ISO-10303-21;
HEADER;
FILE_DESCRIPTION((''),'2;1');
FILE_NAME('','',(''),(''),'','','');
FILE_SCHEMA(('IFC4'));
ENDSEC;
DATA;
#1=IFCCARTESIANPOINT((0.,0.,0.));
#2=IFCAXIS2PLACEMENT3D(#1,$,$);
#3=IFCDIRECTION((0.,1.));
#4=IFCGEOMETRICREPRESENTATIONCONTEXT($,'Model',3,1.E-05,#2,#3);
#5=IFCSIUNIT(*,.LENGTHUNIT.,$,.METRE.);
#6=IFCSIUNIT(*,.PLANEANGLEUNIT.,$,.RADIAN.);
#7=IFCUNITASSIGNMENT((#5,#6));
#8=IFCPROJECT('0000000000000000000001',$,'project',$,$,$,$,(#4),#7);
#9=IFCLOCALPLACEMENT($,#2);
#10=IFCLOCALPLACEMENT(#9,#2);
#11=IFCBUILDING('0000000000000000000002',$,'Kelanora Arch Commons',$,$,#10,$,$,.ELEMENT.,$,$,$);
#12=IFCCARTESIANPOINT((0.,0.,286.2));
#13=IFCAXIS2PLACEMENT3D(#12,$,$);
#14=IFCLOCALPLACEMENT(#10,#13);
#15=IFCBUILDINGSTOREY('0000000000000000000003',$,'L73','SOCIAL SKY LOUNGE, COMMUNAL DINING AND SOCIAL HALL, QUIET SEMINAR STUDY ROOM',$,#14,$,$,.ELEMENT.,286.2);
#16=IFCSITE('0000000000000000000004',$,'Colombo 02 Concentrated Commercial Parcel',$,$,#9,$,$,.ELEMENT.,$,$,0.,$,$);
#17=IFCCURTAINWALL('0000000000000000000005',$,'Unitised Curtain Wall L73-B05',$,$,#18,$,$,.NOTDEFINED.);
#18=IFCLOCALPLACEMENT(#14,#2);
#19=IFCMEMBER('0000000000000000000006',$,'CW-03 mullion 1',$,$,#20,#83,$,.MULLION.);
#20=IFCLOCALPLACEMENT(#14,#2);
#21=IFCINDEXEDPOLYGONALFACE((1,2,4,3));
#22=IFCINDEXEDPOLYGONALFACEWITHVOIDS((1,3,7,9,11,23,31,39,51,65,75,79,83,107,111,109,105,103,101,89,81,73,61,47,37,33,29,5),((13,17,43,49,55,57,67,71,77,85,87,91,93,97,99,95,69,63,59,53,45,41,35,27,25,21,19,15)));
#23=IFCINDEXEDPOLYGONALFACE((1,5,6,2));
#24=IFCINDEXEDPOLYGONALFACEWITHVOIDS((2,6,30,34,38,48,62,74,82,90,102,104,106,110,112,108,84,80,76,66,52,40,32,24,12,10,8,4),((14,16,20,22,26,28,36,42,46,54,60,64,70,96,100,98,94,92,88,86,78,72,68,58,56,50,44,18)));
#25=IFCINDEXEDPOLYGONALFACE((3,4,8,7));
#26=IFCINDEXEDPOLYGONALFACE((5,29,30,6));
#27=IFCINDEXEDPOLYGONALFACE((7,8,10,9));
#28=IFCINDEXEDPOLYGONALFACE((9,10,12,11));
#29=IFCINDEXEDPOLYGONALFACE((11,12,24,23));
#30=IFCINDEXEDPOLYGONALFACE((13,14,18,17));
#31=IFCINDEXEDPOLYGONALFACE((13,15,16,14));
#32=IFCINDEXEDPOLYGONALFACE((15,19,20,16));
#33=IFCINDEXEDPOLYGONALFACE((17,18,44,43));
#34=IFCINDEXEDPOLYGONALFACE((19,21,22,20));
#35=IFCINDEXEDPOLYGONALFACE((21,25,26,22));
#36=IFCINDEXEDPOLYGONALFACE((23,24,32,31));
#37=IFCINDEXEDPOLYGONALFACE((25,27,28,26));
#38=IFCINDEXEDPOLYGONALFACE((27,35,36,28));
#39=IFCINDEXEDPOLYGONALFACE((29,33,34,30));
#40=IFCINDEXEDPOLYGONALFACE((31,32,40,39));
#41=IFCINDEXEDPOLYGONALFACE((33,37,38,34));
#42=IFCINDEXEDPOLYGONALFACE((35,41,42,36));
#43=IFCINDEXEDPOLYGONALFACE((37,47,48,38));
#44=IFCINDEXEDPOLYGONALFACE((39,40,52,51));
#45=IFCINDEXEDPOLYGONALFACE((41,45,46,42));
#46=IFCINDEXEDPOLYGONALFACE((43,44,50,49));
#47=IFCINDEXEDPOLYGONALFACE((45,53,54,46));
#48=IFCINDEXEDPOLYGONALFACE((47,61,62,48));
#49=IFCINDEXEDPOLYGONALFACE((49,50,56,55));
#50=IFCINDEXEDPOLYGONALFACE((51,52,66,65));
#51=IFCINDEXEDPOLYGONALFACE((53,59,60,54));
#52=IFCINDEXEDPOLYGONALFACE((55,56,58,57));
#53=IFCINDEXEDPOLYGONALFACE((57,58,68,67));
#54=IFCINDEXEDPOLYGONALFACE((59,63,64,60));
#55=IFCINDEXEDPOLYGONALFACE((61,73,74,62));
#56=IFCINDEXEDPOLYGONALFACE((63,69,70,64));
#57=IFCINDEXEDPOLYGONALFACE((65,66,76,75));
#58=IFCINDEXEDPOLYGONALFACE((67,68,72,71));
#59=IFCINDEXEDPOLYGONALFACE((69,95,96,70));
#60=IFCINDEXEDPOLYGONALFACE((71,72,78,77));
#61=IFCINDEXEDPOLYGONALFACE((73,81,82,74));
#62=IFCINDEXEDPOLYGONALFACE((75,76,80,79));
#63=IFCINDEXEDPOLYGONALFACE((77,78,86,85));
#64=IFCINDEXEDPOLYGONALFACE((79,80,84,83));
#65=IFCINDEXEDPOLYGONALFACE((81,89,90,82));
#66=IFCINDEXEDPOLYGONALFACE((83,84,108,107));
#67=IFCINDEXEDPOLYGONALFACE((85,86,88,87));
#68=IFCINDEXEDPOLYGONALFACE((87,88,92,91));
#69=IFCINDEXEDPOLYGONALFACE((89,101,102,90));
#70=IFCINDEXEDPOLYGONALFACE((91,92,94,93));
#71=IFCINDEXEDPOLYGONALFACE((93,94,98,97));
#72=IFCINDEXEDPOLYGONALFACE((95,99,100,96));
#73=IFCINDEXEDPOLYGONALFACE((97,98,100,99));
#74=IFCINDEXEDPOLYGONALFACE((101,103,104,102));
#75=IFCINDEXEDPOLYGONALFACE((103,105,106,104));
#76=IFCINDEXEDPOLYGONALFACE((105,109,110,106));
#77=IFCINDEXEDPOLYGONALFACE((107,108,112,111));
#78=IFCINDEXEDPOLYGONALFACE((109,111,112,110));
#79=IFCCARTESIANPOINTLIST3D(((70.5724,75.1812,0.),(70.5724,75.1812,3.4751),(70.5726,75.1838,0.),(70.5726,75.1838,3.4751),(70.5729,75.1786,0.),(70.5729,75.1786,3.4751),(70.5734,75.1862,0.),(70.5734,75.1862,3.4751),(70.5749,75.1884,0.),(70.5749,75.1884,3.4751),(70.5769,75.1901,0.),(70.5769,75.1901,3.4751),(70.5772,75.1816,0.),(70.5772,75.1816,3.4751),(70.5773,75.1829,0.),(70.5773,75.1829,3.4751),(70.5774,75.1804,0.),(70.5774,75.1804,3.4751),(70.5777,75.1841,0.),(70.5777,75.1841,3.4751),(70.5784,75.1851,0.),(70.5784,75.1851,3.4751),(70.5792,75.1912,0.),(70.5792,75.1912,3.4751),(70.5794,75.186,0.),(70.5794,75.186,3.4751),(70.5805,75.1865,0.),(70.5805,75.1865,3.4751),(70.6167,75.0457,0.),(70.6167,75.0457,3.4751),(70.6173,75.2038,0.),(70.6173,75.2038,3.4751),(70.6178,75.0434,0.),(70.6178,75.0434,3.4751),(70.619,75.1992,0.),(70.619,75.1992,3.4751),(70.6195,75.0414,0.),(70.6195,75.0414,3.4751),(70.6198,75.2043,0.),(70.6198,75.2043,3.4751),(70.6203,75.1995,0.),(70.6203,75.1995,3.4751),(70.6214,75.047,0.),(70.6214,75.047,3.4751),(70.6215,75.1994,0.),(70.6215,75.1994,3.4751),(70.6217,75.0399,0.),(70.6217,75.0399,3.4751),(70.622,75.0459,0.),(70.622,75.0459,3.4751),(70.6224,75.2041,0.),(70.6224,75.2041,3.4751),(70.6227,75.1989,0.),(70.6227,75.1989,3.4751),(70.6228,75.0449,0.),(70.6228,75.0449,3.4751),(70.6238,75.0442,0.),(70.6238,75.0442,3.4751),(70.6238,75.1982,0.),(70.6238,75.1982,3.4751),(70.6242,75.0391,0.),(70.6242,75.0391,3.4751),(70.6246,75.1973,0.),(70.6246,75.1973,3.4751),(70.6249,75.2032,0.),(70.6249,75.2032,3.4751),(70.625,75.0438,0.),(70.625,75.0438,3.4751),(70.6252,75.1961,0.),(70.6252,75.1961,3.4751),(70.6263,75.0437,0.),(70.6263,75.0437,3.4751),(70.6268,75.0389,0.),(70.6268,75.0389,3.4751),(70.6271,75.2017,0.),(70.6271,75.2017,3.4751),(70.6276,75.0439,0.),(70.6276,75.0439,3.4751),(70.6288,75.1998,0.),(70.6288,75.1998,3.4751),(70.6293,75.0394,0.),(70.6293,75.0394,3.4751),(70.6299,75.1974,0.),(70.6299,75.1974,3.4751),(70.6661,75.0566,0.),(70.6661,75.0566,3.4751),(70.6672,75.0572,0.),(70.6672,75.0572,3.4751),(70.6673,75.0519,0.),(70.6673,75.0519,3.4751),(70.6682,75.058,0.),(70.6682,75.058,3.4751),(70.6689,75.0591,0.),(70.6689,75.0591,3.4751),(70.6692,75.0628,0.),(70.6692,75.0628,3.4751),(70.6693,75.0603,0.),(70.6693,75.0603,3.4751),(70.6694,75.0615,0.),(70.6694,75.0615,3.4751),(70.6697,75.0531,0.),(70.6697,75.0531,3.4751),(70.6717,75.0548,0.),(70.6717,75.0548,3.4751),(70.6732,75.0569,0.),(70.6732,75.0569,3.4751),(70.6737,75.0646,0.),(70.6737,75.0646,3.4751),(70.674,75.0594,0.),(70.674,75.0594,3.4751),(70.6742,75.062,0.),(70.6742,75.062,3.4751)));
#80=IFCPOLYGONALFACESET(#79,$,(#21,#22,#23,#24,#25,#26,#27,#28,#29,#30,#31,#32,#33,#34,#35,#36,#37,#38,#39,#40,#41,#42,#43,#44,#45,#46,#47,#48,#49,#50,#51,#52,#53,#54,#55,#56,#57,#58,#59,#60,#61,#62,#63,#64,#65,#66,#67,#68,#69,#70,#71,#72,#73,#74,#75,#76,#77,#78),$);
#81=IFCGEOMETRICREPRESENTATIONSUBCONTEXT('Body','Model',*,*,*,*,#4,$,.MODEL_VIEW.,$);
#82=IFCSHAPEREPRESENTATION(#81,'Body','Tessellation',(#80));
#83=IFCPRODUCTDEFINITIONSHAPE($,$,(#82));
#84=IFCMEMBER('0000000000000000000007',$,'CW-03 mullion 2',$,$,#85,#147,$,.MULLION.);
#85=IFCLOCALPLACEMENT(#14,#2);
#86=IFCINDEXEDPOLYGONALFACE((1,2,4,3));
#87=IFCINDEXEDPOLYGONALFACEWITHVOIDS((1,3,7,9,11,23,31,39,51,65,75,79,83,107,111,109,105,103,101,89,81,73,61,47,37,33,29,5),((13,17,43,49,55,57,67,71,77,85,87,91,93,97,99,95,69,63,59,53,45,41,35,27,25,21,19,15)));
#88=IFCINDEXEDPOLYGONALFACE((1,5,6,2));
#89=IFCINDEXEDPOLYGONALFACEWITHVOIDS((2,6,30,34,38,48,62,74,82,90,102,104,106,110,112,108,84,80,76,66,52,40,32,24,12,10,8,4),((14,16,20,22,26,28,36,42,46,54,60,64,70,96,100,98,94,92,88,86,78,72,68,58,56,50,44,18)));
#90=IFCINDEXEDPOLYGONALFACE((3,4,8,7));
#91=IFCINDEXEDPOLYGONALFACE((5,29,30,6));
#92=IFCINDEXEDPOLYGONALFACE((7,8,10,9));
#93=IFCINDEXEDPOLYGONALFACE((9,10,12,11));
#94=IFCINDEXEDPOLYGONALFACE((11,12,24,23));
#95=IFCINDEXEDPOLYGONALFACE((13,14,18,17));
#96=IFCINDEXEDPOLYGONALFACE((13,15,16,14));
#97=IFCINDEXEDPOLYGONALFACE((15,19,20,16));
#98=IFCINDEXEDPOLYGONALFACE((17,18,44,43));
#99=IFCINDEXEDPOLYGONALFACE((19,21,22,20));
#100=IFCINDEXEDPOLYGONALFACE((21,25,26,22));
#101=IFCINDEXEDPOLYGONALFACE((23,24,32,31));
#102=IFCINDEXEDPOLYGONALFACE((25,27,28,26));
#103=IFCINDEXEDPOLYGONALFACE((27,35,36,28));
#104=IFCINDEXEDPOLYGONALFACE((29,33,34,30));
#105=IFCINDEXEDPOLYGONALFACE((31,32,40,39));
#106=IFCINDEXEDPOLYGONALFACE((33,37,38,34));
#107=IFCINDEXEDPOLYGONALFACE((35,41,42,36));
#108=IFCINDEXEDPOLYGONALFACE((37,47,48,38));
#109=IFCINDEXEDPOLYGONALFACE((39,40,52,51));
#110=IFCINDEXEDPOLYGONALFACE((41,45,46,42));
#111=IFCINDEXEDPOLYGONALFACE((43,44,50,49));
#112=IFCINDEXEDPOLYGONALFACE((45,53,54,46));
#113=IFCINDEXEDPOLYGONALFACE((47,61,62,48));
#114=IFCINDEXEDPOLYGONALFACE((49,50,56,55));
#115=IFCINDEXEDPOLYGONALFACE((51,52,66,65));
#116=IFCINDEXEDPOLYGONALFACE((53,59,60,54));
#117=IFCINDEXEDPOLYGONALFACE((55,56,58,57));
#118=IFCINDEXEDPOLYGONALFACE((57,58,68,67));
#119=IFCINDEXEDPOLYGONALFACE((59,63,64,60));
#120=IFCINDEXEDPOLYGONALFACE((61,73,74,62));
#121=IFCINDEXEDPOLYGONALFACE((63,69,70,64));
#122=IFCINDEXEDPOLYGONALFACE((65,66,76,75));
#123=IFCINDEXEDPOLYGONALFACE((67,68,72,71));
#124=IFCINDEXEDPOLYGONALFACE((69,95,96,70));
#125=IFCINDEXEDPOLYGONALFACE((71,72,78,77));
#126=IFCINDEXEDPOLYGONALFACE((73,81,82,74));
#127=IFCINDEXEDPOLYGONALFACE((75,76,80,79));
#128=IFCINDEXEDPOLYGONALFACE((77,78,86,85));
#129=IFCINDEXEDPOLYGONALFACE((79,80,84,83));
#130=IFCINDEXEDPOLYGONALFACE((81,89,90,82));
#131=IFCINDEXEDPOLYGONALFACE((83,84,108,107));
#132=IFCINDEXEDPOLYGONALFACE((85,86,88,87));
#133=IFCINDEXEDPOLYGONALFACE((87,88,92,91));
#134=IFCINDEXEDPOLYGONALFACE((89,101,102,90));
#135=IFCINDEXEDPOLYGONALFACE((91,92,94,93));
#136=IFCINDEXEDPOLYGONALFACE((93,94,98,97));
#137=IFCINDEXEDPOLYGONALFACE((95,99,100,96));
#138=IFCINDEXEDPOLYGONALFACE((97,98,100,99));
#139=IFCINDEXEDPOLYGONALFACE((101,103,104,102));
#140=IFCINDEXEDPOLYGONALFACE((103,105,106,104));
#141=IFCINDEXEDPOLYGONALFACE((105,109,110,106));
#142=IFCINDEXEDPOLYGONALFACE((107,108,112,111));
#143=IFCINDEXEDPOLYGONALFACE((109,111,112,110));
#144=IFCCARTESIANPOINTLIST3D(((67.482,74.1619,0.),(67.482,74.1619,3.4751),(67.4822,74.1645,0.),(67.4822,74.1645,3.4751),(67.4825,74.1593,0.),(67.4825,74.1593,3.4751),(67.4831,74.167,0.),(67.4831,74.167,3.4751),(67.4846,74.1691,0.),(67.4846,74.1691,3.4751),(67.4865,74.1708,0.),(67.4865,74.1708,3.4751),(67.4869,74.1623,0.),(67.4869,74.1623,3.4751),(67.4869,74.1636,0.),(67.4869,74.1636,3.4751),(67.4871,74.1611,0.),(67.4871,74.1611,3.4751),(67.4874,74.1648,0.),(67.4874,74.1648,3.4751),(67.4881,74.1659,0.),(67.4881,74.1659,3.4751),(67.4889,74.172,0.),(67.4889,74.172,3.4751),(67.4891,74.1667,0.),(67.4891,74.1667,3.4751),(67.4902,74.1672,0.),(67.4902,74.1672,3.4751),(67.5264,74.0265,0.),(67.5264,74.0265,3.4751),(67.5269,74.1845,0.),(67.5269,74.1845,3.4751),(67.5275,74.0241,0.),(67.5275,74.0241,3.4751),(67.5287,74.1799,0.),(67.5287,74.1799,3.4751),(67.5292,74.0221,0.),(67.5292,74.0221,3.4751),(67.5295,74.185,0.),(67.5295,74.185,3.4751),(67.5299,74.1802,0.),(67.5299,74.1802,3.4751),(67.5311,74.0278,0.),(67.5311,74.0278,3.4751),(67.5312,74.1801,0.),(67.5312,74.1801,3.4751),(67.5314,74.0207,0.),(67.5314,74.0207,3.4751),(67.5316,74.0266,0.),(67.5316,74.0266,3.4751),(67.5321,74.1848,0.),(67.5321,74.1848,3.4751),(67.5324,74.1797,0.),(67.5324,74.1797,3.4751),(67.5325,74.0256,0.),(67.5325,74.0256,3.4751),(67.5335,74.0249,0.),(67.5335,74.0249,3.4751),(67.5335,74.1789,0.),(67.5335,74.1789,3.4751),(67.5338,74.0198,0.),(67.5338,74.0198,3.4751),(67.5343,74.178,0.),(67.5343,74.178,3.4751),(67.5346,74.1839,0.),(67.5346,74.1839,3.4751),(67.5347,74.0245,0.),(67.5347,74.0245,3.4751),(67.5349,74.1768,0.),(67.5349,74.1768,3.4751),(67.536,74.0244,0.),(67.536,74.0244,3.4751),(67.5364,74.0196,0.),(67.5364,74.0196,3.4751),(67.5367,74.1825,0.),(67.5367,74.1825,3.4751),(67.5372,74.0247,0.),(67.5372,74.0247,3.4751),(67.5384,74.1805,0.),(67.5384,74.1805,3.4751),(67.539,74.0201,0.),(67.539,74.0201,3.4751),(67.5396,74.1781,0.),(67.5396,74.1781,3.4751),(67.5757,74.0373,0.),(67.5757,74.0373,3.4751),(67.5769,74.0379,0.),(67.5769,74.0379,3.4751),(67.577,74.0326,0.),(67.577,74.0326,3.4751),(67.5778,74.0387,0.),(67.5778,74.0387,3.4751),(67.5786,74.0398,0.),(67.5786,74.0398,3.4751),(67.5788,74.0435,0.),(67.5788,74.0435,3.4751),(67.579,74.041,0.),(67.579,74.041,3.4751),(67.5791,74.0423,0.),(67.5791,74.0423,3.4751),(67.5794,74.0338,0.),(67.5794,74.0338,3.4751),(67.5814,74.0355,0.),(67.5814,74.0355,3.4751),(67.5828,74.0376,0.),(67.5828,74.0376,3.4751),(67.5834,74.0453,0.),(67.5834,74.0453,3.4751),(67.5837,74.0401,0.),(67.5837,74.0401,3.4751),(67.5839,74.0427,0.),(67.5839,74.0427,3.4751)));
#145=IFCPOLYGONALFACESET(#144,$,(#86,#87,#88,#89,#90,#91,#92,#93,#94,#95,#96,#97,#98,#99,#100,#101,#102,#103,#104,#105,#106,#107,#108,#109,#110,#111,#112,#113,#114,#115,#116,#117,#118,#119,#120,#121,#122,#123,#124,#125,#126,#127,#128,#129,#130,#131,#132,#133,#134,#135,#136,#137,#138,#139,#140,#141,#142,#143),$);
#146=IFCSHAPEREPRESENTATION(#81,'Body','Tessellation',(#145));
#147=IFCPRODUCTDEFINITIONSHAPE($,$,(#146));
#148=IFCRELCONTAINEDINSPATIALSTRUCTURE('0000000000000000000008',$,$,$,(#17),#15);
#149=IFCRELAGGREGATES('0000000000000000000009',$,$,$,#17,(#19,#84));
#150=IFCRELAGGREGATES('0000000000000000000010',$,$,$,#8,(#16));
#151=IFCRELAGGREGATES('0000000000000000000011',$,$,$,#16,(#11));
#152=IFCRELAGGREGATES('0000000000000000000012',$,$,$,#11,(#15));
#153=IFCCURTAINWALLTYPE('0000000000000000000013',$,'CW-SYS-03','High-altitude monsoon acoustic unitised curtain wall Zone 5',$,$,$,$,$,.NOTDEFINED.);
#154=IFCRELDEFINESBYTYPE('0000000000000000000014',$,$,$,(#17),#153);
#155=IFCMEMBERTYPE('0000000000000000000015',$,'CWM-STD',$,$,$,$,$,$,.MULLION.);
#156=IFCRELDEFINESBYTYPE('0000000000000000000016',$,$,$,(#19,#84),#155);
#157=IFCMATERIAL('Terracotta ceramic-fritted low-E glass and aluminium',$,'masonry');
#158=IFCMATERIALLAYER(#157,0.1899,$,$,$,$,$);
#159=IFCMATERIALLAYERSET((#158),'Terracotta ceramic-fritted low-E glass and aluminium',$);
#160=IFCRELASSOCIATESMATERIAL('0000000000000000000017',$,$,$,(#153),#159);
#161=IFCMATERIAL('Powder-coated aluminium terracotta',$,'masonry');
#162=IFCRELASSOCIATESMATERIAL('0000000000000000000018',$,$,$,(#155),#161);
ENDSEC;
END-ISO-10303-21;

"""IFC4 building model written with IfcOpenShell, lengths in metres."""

from ifc_helpers import new_model, si_unit, direction, frame, origin, origin_2d, place, context, subcontext, project, spatial, hollow_rectangle, extrude, material, layer, layer_set, material_profile, profile_set, type_object, element, aggregate, save


model = new_model("IFC4")

# Units and contexts
model_context = context("Model", 3, precision=1e-05, world=origin(), true_north=direction((0.0, 1.0)))
body_context = subcontext(model_context, "Body", "Model", "MODEL_VIEW")
ifc_project = project(units=[si_unit("LENGTHUNIT", "METRE"), si_unit("PLANEANGLEUNIT", "RADIAN")], contexts=[model_context])

# Site, building, storey
site_placement = place(None, origin())
site = spatial("IfcSite", under=ifc_project, at=site_placement, Name="Colombo 02 Concentrated Commercial Parcel", CompositionType="ELEMENT", RefElevation=0.0)
building_placement = place(site_placement, origin())
building = spatial("IfcBuilding", under=site, at=building_placement, Name="Kelanora Arch Commons", CompositionType="ELEMENT")
storey_placement = place(building_placement, frame((0.0, 0.0, 286.2)))
storey = spatial("IfcBuildingStorey", under=building, at=storey_placement, Name="L73", Description="SOCIAL SKY LOUNGE, COMMUNAL DINING AND SOCIAL HALL, QUIET SEMINAR STUDY ROOM", CompositionType="ELEMENT", Elevation=286.2)

# Curtain wall, members
ifc_material_1 = material(Name="Terracotta ceramic-fritted low-E glass and aluminium", Category="masonry")
ifc_layer_1 = layer(ifc_material_1, 0.1899)
ifc_layer_set_1 = layer_set([ifc_layer_1], Name="Terracotta ceramic-fritted low-E glass and aluminium")
curtain_wall_type = type_object("IfcCurtainWallType", Name="CW-SYS-03", Description="High-altitude monsoon acoustic unitised curtain wall Zone 5", PredefinedType="NOTDEFINED", material=ifc_layer_set_1)
curtain_wall_placement = place(storey_placement, origin())
curtain_wall = element("IfcCurtainWall", 1, at=curtain_wall_placement, inside=storey, type_object=curtain_wall_type, Name="Unitised Curtain Wall L73-B05", PredefinedType="NOTDEFINED")
ifc_material_2 = material(Name="Powder-coated aluminium terracotta", Category="masonry")
ifc_material_profile_1 = material_profile(ifc_material_2, hollow_rectangle(XDim=0.1599, YDim=0.0601, WallThickness=0.0049, InnerFilletRadius=0.0049, OuterFilletRadius=0.01, at=origin_2d()), Name="CWM160x60")
ifc_profile_set_1 = profile_set([ifc_material_profile_1], Name="Powder-coated aluminium terracotta")
member_type_1 = type_object("IfcMemberType", Name="CWM-STD", PredefinedType="MULLION", material=ifc_profile_set_1)
member_1_placement = place(storey_placement, frame((70.6233, 75.1216, 0.0), z_axis=(0.0, 0.0, 1.0), x_axis=(0.313253, -0.94967, 0.0)))
member_1 = element("IfcMember", 2, at=member_1_placement, type_object=member_type_1, Name="CW-03 mullion 1", PredefinedType="MULLION", context=body_context, shape_type="SweptSolid", body=[
    extrude(hollow_rectangle(XDim=0.1599, YDim=0.0601, WallThickness=0.0049, InnerFilletRadius=0.0049, OuterFilletRadius=0.01, at=origin_2d()), origin(), (0.0, 0.0, 1.0), 3.4751),
])
member_2_placement = place(storey_placement, frame((67.533, 74.1023, 0.0), z_axis=(0.0, 0.0, 1.0), x_axis=(0.313253, -0.94967, 0.0)))
member_2 = element("IfcMember", 3, at=member_2_placement, type_object=member_type_1, Name="CW-03 mullion 2", PredefinedType="MULLION", context=body_context, shape_type="SweptSolid", body=[
    extrude(hollow_rectangle(XDim=0.1599, YDim=0.0601, WallThickness=0.0049, InnerFilletRadius=0.0049, OuterFilletRadius=0.01, at=origin_2d()), origin(), (0.0, 0.0, 1.0), 3.4751),
])
aggregate(curtain_wall, [member_1, member_2])

save(model, "model.ifc")
